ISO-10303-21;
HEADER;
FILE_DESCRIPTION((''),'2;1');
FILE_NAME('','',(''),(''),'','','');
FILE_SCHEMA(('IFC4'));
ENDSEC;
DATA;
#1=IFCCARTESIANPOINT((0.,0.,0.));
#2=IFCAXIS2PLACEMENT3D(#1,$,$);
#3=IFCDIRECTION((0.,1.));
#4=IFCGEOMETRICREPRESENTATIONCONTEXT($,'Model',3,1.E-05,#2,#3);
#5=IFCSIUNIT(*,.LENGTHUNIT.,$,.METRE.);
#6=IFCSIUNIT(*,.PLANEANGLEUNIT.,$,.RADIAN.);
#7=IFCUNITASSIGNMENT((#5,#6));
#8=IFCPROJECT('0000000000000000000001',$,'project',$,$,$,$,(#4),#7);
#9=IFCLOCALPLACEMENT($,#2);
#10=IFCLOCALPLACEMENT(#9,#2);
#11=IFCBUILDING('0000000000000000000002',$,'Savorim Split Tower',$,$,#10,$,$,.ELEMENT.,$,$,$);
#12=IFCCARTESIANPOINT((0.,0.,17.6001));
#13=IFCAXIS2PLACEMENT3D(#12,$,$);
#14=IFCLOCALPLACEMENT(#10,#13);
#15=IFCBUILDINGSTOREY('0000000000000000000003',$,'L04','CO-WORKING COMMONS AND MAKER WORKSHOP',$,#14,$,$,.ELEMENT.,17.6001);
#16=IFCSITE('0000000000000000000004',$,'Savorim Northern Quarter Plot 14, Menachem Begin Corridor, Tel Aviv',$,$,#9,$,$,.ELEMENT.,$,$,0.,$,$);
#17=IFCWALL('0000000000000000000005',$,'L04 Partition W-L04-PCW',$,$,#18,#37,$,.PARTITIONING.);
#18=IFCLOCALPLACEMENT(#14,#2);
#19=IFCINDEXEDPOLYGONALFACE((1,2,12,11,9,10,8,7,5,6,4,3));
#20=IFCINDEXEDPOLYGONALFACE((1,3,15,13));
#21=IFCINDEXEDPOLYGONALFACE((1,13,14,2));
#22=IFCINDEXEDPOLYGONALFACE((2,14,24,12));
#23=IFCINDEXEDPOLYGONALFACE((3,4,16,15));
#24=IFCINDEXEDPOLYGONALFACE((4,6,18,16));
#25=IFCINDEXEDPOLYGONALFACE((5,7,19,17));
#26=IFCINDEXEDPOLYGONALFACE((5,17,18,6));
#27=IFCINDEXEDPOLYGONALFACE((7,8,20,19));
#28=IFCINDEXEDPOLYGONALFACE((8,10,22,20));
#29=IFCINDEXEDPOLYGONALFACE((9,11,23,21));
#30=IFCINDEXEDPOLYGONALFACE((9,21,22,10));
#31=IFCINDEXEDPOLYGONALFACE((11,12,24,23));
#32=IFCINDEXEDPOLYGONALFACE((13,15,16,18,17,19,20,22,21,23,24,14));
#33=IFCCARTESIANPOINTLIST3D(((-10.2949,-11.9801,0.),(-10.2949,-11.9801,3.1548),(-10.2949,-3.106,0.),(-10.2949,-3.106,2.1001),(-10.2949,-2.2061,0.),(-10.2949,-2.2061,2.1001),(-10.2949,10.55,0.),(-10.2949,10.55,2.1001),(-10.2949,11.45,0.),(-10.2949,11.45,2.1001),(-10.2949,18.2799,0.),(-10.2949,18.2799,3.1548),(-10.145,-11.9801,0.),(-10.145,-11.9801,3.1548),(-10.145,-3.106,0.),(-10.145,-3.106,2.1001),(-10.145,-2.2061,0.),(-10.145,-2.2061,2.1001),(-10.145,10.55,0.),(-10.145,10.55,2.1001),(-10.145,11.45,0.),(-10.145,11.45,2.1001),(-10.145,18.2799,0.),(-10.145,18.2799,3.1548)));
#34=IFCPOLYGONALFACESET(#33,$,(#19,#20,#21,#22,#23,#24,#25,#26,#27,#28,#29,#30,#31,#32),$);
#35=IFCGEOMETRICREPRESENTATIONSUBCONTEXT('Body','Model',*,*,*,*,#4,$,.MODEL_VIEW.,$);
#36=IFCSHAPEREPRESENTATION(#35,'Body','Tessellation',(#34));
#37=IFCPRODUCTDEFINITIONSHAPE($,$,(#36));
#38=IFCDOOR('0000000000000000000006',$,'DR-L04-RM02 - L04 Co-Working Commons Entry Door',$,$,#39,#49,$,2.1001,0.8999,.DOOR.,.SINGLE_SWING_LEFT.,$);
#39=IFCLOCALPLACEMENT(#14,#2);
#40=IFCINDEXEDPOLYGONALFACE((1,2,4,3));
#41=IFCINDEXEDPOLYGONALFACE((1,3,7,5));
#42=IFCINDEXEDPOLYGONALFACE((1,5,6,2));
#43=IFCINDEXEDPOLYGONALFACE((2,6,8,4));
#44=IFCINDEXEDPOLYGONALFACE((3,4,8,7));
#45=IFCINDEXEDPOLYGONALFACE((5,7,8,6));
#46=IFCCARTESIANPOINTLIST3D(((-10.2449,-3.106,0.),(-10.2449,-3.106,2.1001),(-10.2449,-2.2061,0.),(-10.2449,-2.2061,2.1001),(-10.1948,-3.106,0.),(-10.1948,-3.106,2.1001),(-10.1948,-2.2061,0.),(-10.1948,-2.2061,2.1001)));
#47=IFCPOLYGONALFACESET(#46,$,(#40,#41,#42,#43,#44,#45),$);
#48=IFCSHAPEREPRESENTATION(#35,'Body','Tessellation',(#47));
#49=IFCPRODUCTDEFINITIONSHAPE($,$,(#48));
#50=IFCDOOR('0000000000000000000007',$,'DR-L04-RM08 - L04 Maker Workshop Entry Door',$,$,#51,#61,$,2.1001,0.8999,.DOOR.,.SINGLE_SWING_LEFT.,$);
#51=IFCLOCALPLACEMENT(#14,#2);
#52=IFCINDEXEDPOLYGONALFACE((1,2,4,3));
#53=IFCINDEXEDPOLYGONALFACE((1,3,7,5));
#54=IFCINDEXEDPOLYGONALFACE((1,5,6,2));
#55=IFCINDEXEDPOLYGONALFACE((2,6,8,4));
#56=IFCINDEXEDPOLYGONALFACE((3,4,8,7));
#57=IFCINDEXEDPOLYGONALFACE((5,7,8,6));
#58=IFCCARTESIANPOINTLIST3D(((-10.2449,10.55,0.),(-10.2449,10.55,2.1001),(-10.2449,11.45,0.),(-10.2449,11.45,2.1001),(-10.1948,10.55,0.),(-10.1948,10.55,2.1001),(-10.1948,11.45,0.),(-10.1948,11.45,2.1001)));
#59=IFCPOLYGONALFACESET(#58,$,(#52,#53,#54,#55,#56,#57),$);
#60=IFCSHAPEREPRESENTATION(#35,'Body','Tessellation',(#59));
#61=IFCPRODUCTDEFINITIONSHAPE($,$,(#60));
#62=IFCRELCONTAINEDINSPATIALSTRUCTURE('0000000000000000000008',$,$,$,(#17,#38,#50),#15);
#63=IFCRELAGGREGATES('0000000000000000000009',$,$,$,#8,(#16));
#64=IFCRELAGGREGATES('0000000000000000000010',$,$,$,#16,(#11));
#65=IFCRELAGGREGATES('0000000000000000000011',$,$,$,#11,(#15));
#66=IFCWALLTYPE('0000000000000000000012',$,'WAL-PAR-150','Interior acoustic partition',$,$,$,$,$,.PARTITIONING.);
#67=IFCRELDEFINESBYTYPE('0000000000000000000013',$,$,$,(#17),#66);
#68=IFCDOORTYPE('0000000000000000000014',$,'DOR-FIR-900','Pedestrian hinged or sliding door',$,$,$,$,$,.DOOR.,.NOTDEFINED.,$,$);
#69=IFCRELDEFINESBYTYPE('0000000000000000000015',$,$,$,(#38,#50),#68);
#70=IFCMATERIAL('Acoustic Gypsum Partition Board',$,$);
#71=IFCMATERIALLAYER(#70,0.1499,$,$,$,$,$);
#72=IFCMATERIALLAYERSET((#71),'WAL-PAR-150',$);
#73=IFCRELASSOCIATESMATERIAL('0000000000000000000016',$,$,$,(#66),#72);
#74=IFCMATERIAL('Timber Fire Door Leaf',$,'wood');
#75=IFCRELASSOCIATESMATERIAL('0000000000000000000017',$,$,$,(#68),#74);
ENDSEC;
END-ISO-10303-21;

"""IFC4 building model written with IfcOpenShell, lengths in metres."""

from ifc_helpers import new_model, si_unit, direction, frame, frame_2d, origin, place, context, subcontext, project, spatial, rectangle, extrude, material, layer, layer_set, type_object, element, fill, save


model = new_model("IFC4")

# Units and contexts
model_context = context("Model", 3, precision=1e-05, world=origin(), true_north=direction((0.0, 1.0)))
body_context = subcontext(model_context, "Body", "Model", "MODEL_VIEW")
ifc_project = project(units=[si_unit("LENGTHUNIT", "METRE"), si_unit("PLANEANGLEUNIT", "RADIAN")], contexts=[model_context])

# Site, building, storey
site_placement = place(None, origin())
site = spatial("IfcSite", under=ifc_project, at=site_placement, Name="Savorim Northern Quarter Plot 14, Menachem Begin Corridor, Tel Aviv", CompositionType="ELEMENT", RefElevation=0.0)
building_placement = place(site_placement, origin())
building = spatial("IfcBuilding", under=site, at=building_placement, Name="Savorim Split Tower", CompositionType="ELEMENT")
storey_placement = place(building_placement, frame((0.0, 0.0, 17.6001)))
storey = spatial("IfcBuildingStorey", under=building, at=storey_placement, Name="L04", Description="CO-WORKING COMMONS AND MAKER WORKSHOP", CompositionType="ELEMENT", Elevation=17.6001)

# Shared definitions
ifc_material_1 = material(Name="Timber Fire Door Leaf", Category="wood")

# Wall, openings, doors
ifc_material_2 = material(Name="Acoustic Gypsum Partition Board")
ifc_layer_1 = layer(ifc_material_2, 0.1499)
ifc_layer_set_1 = layer_set([ifc_layer_1], Name="WAL-PAR-150")
wall_type_1 = type_object("IfcWallType", Name="WAL-PAR-150", Description="Interior acoustic partition", PredefinedType="PARTITIONING", material=ifc_layer_set_1)
wall_1_placement = place(storey_placement, frame((-10.22, -11.98, 0.0), z_axis=(0.0, 0.0, 1.0), x_axis=(0.0, 1.0, 0.0)))
wall_1 = element("IfcWall", 1, at=wall_1_placement, inside=storey, type_object=wall_type_1, Name="L04 Partition W-L04-PCW", PredefinedType="PARTITIONING", context=body_context, shape_type="SweptSolid", body=[
    extrude(rectangle(XDim=30.26, YDim=0.1499, at=frame_2d((15.1299, 0.0))), origin(), (0.0, 0.0, 1.0), 3.1548),
])
opening_1_placement = place(wall_1_placement, frame((8.874, 0.0, 0.0)))
opening_1 = element("IfcOpeningElement", 2, at=opening_1_placement, cuts=wall_1, PredefinedType="OPENING", context=body_context, shape_type="SweptSolid", body=[
    extrude(rectangle(XDim=0.8999, YDim=2.1001, at=frame_2d((0.45, 1.05))), frame((0.0, 0.085, 0.0), z_axis=(0.0, -1.0, 0.0), x_axis=(1.0, 0.0, 0.0)), (0.0, 0.0, 1.0), 0.1699),
])
opening_2_placement = place(wall_1_placement, frame((22.53, 0.0, 0.0)))
opening_2 = element("IfcOpeningElement", 3, at=opening_2_placement, cuts=wall_1, PredefinedType="OPENING", context=body_context, shape_type="SweptSolid", body=[
    extrude(rectangle(XDim=0.8999, YDim=2.1001, at=frame_2d((0.45, 1.05))), frame((0.0, 0.085, 0.0), z_axis=(0.0, -1.0, 0.0), x_axis=(1.0, 0.0, 0.0)), (0.0, 0.0, 1.0), 0.1699),
])
door_type_1 = type_object("IfcDoorType", Name="DOR-FIR-900", Description="Pedestrian hinged or sliding door", OperationType="NOTDEFINED", PredefinedType="DOOR", material=ifc_material_1)
door_1_placement = place(opening_1_placement, origin())
door_1 = element("IfcDoor", 4, at=door_1_placement, inside=storey, type_object=door_type_1, Name="DR-L04-RM02 - L04 Co-Working Commons Entry Door", OperationType="SINGLE_SWING_LEFT", OverallHeight=2.1001, OverallWidth=0.8999, PredefinedType="DOOR", context=body_context, shape_type="SweptSolid", body=[
    extrude(rectangle(XDim=0.8999, YDim=2.1001, at=frame_2d((0.45, 1.05))), frame((0.0, 0.0249, 0.0), z_axis=(0.0, -1.0, 0.0), x_axis=(1.0, 0.0, 0.0)), (0.0, 0.0, 1.0), 0.05),
])
fill(opening_1, door_1)
door_2_placement = place(opening_2_placement, origin())
door_2 = element("IfcDoor", 5, at=door_2_placement, inside=storey, type_object=door_type_1, Name="DR-L04-RM08 - L04 Maker Workshop Entry Door", OperationType="SINGLE_SWING_LEFT", OverallHeight=2.1001, OverallWidth=0.8999, PredefinedType="DOOR", context=body_context, shape_type="SweptSolid", body=[
    extrude(rectangle(XDim=0.8999, YDim=2.1001, at=frame_2d((0.45, 1.05))), frame((0.0, 0.0249, 0.0), z_axis=(0.0, -1.0, 0.0), x_axis=(1.0, 0.0, 0.0)), (0.0, 0.0, 1.0), 0.05),
])
fill(opening_2, door_2)

save(model, "model.ifc")
